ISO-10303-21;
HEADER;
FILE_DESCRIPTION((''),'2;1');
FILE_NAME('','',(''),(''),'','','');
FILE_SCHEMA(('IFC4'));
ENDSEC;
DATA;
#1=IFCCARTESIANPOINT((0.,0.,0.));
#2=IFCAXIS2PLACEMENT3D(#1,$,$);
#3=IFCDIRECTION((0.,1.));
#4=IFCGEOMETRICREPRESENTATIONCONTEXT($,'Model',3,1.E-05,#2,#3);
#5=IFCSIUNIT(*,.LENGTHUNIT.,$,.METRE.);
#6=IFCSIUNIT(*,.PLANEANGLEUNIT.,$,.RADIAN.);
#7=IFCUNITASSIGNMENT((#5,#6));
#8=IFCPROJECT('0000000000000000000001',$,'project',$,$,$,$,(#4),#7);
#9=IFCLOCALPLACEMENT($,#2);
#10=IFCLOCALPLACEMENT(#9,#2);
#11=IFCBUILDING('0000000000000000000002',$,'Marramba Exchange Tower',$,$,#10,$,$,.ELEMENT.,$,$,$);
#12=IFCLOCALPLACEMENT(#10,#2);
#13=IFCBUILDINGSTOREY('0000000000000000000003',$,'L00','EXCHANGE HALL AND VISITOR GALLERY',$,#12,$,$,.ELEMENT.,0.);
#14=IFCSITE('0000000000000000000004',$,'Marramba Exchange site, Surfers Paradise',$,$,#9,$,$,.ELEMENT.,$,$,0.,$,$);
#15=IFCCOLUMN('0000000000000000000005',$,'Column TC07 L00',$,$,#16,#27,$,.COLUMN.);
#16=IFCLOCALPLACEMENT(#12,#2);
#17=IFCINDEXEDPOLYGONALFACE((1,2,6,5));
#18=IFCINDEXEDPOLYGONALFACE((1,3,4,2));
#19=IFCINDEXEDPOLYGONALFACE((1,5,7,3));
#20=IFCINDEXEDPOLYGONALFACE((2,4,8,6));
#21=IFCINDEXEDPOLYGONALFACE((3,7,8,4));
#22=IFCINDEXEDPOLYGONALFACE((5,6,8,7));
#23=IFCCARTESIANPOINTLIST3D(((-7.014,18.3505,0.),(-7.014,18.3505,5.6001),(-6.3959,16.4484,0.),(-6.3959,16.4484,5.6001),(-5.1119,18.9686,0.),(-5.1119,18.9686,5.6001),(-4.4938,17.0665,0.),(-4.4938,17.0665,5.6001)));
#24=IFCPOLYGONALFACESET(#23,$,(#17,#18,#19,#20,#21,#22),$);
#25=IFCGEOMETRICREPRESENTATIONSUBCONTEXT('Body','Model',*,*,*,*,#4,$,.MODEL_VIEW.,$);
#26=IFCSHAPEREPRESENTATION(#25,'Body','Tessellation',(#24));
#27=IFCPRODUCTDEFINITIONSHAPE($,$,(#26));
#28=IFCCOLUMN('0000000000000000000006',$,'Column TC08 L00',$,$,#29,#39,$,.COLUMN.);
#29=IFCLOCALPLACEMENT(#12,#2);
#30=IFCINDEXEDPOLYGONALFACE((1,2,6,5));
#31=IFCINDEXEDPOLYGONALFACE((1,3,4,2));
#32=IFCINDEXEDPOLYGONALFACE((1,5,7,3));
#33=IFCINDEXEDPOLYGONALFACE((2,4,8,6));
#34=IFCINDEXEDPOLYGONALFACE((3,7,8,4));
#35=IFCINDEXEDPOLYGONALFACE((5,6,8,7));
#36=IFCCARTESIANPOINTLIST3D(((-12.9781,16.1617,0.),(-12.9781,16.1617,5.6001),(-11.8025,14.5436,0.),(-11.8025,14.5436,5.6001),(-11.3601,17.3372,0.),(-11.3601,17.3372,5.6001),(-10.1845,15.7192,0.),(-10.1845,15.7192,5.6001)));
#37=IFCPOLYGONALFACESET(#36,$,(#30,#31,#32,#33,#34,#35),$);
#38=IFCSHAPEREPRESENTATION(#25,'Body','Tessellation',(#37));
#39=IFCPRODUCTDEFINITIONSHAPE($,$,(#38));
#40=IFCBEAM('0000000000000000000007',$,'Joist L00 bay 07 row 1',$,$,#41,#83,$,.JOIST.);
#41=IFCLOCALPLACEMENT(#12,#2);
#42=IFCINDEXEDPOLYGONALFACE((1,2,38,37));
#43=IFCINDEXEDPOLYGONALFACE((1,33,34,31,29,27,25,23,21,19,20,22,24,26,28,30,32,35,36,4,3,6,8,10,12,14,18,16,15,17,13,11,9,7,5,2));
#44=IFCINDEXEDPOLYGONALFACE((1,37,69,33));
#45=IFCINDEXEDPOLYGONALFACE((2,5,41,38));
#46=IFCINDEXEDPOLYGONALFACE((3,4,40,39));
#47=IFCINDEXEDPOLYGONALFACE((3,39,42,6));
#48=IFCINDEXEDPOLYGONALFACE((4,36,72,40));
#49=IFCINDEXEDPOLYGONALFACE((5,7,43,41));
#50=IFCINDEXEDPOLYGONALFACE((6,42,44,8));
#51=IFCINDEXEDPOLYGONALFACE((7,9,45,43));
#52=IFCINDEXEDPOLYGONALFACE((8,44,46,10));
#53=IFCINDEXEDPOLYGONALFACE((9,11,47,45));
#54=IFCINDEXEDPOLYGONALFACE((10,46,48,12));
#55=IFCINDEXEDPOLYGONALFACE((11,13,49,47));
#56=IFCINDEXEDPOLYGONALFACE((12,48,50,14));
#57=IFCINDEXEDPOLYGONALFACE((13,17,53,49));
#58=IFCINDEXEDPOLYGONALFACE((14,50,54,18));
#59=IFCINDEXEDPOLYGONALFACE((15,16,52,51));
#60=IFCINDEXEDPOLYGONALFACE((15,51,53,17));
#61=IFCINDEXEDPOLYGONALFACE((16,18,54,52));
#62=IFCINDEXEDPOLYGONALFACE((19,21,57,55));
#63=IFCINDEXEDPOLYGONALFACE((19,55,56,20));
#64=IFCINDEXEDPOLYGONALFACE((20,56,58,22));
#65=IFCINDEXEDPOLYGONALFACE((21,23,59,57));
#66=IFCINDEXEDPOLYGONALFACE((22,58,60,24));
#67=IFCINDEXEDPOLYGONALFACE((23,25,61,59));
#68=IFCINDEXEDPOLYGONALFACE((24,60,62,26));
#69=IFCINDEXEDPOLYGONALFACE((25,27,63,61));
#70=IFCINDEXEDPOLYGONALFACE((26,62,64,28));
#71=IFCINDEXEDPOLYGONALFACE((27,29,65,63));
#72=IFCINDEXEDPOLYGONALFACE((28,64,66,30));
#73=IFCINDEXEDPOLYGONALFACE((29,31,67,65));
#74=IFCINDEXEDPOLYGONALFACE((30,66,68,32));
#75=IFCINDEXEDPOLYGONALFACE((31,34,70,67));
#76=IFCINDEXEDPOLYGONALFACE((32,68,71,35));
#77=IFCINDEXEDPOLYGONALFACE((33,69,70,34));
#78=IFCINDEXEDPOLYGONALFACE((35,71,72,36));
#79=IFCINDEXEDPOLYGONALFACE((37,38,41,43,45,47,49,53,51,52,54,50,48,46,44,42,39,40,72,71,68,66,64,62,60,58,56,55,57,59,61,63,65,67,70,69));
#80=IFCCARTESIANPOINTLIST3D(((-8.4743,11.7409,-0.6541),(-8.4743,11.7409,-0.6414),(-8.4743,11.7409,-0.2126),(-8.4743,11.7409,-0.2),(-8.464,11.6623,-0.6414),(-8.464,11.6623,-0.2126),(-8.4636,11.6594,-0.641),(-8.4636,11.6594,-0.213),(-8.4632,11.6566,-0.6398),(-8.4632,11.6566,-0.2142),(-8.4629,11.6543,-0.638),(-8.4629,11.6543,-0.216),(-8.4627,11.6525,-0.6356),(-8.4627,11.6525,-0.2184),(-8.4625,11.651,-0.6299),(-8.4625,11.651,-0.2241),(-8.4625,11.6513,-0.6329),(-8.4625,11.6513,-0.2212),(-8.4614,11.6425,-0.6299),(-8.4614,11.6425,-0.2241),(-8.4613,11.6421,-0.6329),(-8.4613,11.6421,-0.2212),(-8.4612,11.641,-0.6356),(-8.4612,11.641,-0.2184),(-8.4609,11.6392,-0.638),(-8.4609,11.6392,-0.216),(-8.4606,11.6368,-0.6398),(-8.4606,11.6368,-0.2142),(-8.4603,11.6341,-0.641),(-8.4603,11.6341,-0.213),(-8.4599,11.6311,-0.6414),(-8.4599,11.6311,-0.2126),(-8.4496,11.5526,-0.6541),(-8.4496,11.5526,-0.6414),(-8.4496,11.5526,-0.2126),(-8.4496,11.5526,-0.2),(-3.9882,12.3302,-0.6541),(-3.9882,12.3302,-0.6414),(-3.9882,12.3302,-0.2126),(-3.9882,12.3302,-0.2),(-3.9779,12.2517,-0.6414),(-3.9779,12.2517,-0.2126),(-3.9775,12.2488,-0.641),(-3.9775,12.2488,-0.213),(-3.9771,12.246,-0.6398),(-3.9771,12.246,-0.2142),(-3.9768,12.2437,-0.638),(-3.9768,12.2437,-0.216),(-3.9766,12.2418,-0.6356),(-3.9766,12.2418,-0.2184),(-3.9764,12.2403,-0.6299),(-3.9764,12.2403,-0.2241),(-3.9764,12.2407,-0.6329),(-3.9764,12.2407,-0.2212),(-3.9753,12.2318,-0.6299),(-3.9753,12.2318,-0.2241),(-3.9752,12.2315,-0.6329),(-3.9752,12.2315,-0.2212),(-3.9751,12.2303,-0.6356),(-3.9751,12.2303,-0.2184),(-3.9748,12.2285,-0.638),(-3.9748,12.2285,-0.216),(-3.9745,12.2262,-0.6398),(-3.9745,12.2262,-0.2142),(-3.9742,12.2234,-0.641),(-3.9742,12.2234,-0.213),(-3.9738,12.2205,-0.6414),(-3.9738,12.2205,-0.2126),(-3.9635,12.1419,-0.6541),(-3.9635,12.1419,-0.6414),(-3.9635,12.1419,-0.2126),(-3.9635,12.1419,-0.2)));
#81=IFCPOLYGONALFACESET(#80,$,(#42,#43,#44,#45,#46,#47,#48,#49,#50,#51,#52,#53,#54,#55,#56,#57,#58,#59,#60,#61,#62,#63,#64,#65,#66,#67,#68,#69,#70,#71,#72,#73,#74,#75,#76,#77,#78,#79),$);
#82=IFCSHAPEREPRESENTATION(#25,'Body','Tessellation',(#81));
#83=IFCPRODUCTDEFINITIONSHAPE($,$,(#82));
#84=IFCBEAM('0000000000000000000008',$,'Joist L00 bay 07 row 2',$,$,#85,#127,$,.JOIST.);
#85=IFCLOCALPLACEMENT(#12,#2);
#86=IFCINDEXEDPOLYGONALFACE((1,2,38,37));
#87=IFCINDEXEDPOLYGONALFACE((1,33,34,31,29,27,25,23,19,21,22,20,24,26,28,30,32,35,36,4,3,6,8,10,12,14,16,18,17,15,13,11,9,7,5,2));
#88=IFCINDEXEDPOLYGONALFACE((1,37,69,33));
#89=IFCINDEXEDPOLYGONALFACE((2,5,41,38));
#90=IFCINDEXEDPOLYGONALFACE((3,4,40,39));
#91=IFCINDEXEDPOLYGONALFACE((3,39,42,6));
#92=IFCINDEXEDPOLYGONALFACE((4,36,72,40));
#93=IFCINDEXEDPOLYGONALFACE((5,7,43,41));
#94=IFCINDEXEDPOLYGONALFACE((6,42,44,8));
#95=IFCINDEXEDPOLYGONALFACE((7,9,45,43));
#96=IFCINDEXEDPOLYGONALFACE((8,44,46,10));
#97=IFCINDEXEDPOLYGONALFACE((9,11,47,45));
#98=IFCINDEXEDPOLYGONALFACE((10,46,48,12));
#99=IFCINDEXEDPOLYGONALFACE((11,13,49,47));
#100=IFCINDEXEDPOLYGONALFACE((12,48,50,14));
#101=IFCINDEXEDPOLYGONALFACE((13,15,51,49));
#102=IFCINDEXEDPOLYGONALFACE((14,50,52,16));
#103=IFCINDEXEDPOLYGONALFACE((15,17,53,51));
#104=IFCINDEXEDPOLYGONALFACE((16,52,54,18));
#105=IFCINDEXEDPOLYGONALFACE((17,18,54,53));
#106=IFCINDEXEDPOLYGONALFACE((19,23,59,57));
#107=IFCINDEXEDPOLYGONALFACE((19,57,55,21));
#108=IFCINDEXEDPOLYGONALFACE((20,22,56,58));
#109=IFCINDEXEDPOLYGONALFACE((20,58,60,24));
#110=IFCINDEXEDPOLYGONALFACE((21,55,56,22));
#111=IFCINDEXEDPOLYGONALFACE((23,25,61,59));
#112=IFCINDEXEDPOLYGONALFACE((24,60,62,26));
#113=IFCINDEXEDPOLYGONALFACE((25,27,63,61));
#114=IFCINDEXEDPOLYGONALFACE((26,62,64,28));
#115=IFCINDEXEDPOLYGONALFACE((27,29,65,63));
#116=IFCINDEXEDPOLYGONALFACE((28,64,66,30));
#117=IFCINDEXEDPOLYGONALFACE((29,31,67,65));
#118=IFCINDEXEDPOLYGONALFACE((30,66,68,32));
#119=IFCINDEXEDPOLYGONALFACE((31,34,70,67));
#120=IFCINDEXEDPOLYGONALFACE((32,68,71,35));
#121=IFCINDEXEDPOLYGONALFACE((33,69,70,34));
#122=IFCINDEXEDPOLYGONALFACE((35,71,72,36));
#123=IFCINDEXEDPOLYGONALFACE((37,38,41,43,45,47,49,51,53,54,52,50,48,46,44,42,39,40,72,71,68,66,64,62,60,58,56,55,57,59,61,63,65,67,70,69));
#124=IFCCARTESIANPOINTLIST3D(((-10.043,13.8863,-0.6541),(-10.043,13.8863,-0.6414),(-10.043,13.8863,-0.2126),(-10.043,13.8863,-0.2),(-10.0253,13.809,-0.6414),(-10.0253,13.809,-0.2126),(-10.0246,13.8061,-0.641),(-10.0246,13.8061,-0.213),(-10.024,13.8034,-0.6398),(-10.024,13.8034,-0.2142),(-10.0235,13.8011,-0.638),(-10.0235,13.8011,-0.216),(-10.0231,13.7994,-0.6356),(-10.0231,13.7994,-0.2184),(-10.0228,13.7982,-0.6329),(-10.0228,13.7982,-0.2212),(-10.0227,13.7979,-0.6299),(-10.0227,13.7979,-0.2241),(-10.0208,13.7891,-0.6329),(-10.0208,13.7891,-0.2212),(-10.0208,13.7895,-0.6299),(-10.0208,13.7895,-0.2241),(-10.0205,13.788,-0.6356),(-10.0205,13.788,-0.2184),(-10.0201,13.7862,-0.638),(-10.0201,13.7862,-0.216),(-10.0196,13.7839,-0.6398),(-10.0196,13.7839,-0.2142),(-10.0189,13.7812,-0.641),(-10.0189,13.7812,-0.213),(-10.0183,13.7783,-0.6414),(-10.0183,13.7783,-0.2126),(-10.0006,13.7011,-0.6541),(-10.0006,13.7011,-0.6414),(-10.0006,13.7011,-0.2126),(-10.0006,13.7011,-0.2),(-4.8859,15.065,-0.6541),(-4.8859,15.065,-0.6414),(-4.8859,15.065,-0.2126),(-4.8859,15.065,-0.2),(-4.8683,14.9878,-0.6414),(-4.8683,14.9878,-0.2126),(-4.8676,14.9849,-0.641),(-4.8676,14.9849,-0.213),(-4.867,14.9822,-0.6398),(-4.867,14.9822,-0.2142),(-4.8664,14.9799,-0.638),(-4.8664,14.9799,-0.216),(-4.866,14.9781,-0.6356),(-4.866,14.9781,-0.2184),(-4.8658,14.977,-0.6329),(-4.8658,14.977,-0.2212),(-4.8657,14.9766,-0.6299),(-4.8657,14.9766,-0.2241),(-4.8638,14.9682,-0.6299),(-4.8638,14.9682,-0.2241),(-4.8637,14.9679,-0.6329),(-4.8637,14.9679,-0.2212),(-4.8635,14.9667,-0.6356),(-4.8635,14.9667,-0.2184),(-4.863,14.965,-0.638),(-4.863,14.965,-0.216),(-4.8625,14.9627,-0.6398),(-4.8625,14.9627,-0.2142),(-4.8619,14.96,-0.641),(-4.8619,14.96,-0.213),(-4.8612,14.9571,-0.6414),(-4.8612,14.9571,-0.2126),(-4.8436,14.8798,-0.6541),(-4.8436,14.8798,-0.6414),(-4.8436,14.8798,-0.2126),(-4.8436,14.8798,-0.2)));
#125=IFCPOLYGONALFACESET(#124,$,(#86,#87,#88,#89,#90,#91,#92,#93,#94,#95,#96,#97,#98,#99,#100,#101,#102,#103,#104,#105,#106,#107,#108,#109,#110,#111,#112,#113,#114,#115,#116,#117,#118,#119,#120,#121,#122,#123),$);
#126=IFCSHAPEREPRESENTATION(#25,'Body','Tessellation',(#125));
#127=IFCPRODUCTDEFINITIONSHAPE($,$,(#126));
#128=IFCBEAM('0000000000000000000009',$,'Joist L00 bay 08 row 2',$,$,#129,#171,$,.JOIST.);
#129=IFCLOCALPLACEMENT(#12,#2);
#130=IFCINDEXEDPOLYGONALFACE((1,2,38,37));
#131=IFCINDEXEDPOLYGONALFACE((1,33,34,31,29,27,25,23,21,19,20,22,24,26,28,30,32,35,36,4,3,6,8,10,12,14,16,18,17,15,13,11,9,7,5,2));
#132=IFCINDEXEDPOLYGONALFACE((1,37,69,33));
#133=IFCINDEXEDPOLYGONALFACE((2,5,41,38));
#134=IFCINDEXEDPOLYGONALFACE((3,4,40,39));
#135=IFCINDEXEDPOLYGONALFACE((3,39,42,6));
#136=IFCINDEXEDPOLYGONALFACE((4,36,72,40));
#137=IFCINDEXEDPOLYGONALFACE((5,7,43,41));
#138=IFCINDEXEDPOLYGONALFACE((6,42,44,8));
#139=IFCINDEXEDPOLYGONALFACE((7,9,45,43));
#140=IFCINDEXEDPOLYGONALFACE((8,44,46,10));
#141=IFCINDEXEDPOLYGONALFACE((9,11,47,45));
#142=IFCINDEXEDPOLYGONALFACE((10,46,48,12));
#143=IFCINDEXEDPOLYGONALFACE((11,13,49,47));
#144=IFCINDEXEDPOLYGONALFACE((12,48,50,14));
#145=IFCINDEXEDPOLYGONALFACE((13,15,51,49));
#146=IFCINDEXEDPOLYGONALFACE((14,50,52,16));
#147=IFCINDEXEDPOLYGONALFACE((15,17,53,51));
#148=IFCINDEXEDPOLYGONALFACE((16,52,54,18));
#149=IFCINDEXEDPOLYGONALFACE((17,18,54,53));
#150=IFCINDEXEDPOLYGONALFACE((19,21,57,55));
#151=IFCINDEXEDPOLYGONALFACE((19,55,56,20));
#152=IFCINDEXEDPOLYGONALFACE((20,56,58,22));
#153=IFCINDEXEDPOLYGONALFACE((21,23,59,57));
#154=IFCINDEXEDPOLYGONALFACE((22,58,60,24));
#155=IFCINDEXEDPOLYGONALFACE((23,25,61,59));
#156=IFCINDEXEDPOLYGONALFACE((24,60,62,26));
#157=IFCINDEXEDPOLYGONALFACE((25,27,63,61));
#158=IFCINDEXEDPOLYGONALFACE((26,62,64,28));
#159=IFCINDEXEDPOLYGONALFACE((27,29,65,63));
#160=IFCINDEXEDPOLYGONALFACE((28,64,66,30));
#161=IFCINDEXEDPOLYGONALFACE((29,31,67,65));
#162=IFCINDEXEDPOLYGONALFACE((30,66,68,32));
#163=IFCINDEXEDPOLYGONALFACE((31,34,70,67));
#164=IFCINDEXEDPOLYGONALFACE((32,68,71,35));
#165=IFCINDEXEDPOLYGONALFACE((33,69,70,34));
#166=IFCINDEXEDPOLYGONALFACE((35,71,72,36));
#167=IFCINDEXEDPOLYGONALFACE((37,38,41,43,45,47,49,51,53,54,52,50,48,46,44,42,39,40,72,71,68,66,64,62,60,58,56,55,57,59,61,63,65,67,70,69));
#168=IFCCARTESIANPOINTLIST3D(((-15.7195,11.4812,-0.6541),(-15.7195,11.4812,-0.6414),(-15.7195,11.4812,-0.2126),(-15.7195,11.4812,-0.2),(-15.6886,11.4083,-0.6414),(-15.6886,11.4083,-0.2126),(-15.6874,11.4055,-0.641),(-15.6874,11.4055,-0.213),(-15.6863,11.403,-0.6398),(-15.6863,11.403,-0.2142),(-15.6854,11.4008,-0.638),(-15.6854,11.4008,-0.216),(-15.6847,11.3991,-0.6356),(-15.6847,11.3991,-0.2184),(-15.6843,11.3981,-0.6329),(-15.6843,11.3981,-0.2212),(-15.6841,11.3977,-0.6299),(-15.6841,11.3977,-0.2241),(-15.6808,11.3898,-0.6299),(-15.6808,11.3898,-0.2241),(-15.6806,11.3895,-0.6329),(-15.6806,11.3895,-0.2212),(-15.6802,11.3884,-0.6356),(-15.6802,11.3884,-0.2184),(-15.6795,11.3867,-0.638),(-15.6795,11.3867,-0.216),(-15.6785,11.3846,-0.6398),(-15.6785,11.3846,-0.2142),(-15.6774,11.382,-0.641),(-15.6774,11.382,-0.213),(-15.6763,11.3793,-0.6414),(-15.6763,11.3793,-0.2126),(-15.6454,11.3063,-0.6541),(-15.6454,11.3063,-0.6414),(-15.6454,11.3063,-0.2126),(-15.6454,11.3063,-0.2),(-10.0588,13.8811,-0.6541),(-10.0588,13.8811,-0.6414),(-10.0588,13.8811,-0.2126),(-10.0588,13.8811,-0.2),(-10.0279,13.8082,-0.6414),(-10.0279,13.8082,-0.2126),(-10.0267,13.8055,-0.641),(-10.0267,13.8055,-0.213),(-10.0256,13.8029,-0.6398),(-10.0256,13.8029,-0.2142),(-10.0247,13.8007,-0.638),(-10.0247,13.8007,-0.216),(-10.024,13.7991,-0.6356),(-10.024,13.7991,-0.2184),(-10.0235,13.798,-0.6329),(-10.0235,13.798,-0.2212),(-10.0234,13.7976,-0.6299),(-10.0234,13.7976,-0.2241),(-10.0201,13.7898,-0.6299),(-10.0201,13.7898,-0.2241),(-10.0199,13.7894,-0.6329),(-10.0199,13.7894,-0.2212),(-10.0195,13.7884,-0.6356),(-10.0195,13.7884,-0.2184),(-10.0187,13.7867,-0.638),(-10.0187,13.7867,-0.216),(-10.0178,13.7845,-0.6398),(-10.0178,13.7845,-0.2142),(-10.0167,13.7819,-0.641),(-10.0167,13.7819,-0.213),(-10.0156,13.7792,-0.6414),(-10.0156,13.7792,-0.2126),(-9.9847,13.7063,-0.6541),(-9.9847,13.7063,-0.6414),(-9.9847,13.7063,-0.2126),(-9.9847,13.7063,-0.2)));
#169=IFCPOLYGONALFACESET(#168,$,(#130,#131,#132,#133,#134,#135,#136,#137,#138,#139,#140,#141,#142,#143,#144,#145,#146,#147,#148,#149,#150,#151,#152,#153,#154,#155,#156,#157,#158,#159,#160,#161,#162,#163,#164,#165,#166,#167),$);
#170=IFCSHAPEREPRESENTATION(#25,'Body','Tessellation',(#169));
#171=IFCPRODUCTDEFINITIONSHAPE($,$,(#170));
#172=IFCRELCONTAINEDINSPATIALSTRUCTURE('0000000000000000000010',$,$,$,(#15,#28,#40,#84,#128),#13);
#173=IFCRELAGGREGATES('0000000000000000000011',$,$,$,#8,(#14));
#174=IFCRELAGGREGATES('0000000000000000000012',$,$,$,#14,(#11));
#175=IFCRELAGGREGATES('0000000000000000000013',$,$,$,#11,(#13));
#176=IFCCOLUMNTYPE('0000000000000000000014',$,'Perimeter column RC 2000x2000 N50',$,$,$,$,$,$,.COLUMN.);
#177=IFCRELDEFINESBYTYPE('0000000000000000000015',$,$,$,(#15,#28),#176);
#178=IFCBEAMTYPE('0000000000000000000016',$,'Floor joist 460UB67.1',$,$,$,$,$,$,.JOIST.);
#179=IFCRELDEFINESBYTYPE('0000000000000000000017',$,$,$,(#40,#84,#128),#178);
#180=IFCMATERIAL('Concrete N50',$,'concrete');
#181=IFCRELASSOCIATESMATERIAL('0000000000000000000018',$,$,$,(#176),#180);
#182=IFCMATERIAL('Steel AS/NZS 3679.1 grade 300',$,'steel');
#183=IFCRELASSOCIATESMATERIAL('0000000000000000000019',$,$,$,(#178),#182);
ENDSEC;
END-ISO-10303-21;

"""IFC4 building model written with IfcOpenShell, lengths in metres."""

from ifc_helpers import new_model, si_unit, direction, frame, origin, origin_2d, place, context, subcontext, project, spatial, rectangle, i_section, extrude, material, material_profile, profile_set, type_object, element, save


model = new_model("IFC4")

# Units and contexts
model_context = context("Model", 3, precision=1e-05, world=origin(), true_north=direction((0.0, 1.0)))
body_context = subcontext(model_context, "Body", "Model", "MODEL_VIEW")
ifc_project = project(units=[si_unit("LENGTHUNIT", "METRE"), si_unit("PLANEANGLEUNIT", "RADIAN")], contexts=[model_context])

# Site, building, storey
site_placement = place(None, origin())
site = spatial("IfcSite", under=ifc_project, at=site_placement, Name="Marramba Exchange site, Surfers Paradise", CompositionType="ELEMENT", RefElevation=0.0)
building_placement = place(site_placement, origin())
building = spatial("IfcBuilding", under=site, at=building_placement, Name="Marramba Exchange Tower", CompositionType="ELEMENT")
storey_placement = place(building_placement, origin())
storey = spatial("IfcBuildingStorey", under=building, at=storey_placement, Name="L00", Description="EXCHANGE HALL AND VISITOR GALLERY", CompositionType="ELEMENT", Elevation=0.0)

# Columns
ifc_material_1 = material(Name="Concrete N50", Category="concrete")
ifc_material_profile_1 = material_profile(ifc_material_1, rectangle(XDim=2.0, YDim=2.0, at=origin_2d()), Name="RC 2000x2000")
ifc_profile_set_1 = profile_set([ifc_material_profile_1], Name="Concrete N50")
column_type = type_object("IfcColumnType", Name="Perimeter column RC 2000x2000 N50", PredefinedType="COLUMN", material=ifc_profile_set_1)
for number, where, z_axis, x_axis, name in (
    (1, (-5.7539, 17.7085, 0.0), (0.0, 0.0, 1.0), (-0.309017, 0.951057, 0.0), "Column TC07 L00"),
    (2, (-11.5813, 15.9404, 0.0), (0.0, 0.0, 1.0), (-0.587785, 0.809017, 0.0), "Column TC08 L00"),
):
    element("IfcColumn", number, at=place(storey_placement, frame(where, z_axis=z_axis, x_axis=x_axis)), inside=storey, type_object=column_type, Name=name, PredefinedType="COLUMN", context=body_context, shape_type="SweptSolid", body=[
        extrude(rectangle(XDim=2.0, YDim=2.0, at=origin_2d()), origin(), (0.0, 0.0, 1.0), 5.6001),
    ])

# Beams
ifc_material_2 = material(Name="Steel AS/NZS 3679.1 grade 300", Category="steel")
ifc_material_profile_2 = material_profile(ifc_material_2, i_section(OverallWidth=0.1899, OverallDepth=0.4541, WebThickness=0.0085, FlangeThickness=0.0127, FilletRadius=0.0115, at=origin_2d()), Name="460UB67.1")
ifc_profile_set_2 = profile_set([ifc_material_profile_2], Name="Steel AS/NZS 3679.1 grade 300")
beam_type_1 = type_object("IfcBeamType", Name="Floor joist 460UB67.1", PredefinedType="JOIST", material=ifc_profile_set_2)
beam_1_placement = place(storey_placement, frame((-3.9758, 12.2361, -0.427), z_axis=(-0.991481, -0.130255, 0.0), x_axis=(0.130255, -0.991481, 0.0)))
element("IfcBeam", 3, at=beam_1_placement, inside=storey, type_object=beam_type_1, Name="Joist L00 bay 07 row 1", PredefinedType="JOIST", context=body_context, shape_type="SweptSolid", body=[
    extrude(i_section(OverallWidth=0.1899, OverallDepth=0.4541, WebThickness=0.0085, FlangeThickness=0.0127, FilletRadius=0.0115, at=origin_2d()), origin(), (0.0, 0.0, 1.0), 4.5247),
])
beam_2_placement = place(storey_placement, frame((-4.8647, 14.9724, -0.427), z_axis=(-0.97486, -0.22282, 0.0), x_axis=(0.22282, -0.97486, 0.0)))
element("IfcBeam", 4, at=beam_2_placement, inside=storey, type_object=beam_type_1, Name="Joist L00 bay 07 row 2", PredefinedType="JOIST", context=body_context, shape_type="SweptSolid", body=[
    extrude(i_section(OverallWidth=0.1899, OverallDepth=0.4541, WebThickness=0.0085, FlangeThickness=0.0127, FilletRadius=0.0115, at=origin_2d()), origin(), (0.0, 0.0, 1.0), 5.29),
])
beam_3_placement = place(storey_placement, frame((-10.0217, 13.7937, -0.427), z_axis=(-0.920674, -0.390332, 0.0), x_axis=(0.390332, -0.920674, 0.0)))
element("IfcBeam", 5, at=beam_3_placement, inside=storey, type_object=beam_type_1, Name="Joist L00 bay 08 row 2", PredefinedType="JOIST", context=body_context, shape_type="SweptSolid", body=[
    extrude(i_section(OverallWidth=0.1899, OverallDepth=0.4541, WebThickness=0.0085, FlangeThickness=0.0127, FilletRadius=0.0115, at=origin_2d()), origin(), (0.0, 0.0, 1.0), 6.1484),
])

save(model, "model.ifc")
